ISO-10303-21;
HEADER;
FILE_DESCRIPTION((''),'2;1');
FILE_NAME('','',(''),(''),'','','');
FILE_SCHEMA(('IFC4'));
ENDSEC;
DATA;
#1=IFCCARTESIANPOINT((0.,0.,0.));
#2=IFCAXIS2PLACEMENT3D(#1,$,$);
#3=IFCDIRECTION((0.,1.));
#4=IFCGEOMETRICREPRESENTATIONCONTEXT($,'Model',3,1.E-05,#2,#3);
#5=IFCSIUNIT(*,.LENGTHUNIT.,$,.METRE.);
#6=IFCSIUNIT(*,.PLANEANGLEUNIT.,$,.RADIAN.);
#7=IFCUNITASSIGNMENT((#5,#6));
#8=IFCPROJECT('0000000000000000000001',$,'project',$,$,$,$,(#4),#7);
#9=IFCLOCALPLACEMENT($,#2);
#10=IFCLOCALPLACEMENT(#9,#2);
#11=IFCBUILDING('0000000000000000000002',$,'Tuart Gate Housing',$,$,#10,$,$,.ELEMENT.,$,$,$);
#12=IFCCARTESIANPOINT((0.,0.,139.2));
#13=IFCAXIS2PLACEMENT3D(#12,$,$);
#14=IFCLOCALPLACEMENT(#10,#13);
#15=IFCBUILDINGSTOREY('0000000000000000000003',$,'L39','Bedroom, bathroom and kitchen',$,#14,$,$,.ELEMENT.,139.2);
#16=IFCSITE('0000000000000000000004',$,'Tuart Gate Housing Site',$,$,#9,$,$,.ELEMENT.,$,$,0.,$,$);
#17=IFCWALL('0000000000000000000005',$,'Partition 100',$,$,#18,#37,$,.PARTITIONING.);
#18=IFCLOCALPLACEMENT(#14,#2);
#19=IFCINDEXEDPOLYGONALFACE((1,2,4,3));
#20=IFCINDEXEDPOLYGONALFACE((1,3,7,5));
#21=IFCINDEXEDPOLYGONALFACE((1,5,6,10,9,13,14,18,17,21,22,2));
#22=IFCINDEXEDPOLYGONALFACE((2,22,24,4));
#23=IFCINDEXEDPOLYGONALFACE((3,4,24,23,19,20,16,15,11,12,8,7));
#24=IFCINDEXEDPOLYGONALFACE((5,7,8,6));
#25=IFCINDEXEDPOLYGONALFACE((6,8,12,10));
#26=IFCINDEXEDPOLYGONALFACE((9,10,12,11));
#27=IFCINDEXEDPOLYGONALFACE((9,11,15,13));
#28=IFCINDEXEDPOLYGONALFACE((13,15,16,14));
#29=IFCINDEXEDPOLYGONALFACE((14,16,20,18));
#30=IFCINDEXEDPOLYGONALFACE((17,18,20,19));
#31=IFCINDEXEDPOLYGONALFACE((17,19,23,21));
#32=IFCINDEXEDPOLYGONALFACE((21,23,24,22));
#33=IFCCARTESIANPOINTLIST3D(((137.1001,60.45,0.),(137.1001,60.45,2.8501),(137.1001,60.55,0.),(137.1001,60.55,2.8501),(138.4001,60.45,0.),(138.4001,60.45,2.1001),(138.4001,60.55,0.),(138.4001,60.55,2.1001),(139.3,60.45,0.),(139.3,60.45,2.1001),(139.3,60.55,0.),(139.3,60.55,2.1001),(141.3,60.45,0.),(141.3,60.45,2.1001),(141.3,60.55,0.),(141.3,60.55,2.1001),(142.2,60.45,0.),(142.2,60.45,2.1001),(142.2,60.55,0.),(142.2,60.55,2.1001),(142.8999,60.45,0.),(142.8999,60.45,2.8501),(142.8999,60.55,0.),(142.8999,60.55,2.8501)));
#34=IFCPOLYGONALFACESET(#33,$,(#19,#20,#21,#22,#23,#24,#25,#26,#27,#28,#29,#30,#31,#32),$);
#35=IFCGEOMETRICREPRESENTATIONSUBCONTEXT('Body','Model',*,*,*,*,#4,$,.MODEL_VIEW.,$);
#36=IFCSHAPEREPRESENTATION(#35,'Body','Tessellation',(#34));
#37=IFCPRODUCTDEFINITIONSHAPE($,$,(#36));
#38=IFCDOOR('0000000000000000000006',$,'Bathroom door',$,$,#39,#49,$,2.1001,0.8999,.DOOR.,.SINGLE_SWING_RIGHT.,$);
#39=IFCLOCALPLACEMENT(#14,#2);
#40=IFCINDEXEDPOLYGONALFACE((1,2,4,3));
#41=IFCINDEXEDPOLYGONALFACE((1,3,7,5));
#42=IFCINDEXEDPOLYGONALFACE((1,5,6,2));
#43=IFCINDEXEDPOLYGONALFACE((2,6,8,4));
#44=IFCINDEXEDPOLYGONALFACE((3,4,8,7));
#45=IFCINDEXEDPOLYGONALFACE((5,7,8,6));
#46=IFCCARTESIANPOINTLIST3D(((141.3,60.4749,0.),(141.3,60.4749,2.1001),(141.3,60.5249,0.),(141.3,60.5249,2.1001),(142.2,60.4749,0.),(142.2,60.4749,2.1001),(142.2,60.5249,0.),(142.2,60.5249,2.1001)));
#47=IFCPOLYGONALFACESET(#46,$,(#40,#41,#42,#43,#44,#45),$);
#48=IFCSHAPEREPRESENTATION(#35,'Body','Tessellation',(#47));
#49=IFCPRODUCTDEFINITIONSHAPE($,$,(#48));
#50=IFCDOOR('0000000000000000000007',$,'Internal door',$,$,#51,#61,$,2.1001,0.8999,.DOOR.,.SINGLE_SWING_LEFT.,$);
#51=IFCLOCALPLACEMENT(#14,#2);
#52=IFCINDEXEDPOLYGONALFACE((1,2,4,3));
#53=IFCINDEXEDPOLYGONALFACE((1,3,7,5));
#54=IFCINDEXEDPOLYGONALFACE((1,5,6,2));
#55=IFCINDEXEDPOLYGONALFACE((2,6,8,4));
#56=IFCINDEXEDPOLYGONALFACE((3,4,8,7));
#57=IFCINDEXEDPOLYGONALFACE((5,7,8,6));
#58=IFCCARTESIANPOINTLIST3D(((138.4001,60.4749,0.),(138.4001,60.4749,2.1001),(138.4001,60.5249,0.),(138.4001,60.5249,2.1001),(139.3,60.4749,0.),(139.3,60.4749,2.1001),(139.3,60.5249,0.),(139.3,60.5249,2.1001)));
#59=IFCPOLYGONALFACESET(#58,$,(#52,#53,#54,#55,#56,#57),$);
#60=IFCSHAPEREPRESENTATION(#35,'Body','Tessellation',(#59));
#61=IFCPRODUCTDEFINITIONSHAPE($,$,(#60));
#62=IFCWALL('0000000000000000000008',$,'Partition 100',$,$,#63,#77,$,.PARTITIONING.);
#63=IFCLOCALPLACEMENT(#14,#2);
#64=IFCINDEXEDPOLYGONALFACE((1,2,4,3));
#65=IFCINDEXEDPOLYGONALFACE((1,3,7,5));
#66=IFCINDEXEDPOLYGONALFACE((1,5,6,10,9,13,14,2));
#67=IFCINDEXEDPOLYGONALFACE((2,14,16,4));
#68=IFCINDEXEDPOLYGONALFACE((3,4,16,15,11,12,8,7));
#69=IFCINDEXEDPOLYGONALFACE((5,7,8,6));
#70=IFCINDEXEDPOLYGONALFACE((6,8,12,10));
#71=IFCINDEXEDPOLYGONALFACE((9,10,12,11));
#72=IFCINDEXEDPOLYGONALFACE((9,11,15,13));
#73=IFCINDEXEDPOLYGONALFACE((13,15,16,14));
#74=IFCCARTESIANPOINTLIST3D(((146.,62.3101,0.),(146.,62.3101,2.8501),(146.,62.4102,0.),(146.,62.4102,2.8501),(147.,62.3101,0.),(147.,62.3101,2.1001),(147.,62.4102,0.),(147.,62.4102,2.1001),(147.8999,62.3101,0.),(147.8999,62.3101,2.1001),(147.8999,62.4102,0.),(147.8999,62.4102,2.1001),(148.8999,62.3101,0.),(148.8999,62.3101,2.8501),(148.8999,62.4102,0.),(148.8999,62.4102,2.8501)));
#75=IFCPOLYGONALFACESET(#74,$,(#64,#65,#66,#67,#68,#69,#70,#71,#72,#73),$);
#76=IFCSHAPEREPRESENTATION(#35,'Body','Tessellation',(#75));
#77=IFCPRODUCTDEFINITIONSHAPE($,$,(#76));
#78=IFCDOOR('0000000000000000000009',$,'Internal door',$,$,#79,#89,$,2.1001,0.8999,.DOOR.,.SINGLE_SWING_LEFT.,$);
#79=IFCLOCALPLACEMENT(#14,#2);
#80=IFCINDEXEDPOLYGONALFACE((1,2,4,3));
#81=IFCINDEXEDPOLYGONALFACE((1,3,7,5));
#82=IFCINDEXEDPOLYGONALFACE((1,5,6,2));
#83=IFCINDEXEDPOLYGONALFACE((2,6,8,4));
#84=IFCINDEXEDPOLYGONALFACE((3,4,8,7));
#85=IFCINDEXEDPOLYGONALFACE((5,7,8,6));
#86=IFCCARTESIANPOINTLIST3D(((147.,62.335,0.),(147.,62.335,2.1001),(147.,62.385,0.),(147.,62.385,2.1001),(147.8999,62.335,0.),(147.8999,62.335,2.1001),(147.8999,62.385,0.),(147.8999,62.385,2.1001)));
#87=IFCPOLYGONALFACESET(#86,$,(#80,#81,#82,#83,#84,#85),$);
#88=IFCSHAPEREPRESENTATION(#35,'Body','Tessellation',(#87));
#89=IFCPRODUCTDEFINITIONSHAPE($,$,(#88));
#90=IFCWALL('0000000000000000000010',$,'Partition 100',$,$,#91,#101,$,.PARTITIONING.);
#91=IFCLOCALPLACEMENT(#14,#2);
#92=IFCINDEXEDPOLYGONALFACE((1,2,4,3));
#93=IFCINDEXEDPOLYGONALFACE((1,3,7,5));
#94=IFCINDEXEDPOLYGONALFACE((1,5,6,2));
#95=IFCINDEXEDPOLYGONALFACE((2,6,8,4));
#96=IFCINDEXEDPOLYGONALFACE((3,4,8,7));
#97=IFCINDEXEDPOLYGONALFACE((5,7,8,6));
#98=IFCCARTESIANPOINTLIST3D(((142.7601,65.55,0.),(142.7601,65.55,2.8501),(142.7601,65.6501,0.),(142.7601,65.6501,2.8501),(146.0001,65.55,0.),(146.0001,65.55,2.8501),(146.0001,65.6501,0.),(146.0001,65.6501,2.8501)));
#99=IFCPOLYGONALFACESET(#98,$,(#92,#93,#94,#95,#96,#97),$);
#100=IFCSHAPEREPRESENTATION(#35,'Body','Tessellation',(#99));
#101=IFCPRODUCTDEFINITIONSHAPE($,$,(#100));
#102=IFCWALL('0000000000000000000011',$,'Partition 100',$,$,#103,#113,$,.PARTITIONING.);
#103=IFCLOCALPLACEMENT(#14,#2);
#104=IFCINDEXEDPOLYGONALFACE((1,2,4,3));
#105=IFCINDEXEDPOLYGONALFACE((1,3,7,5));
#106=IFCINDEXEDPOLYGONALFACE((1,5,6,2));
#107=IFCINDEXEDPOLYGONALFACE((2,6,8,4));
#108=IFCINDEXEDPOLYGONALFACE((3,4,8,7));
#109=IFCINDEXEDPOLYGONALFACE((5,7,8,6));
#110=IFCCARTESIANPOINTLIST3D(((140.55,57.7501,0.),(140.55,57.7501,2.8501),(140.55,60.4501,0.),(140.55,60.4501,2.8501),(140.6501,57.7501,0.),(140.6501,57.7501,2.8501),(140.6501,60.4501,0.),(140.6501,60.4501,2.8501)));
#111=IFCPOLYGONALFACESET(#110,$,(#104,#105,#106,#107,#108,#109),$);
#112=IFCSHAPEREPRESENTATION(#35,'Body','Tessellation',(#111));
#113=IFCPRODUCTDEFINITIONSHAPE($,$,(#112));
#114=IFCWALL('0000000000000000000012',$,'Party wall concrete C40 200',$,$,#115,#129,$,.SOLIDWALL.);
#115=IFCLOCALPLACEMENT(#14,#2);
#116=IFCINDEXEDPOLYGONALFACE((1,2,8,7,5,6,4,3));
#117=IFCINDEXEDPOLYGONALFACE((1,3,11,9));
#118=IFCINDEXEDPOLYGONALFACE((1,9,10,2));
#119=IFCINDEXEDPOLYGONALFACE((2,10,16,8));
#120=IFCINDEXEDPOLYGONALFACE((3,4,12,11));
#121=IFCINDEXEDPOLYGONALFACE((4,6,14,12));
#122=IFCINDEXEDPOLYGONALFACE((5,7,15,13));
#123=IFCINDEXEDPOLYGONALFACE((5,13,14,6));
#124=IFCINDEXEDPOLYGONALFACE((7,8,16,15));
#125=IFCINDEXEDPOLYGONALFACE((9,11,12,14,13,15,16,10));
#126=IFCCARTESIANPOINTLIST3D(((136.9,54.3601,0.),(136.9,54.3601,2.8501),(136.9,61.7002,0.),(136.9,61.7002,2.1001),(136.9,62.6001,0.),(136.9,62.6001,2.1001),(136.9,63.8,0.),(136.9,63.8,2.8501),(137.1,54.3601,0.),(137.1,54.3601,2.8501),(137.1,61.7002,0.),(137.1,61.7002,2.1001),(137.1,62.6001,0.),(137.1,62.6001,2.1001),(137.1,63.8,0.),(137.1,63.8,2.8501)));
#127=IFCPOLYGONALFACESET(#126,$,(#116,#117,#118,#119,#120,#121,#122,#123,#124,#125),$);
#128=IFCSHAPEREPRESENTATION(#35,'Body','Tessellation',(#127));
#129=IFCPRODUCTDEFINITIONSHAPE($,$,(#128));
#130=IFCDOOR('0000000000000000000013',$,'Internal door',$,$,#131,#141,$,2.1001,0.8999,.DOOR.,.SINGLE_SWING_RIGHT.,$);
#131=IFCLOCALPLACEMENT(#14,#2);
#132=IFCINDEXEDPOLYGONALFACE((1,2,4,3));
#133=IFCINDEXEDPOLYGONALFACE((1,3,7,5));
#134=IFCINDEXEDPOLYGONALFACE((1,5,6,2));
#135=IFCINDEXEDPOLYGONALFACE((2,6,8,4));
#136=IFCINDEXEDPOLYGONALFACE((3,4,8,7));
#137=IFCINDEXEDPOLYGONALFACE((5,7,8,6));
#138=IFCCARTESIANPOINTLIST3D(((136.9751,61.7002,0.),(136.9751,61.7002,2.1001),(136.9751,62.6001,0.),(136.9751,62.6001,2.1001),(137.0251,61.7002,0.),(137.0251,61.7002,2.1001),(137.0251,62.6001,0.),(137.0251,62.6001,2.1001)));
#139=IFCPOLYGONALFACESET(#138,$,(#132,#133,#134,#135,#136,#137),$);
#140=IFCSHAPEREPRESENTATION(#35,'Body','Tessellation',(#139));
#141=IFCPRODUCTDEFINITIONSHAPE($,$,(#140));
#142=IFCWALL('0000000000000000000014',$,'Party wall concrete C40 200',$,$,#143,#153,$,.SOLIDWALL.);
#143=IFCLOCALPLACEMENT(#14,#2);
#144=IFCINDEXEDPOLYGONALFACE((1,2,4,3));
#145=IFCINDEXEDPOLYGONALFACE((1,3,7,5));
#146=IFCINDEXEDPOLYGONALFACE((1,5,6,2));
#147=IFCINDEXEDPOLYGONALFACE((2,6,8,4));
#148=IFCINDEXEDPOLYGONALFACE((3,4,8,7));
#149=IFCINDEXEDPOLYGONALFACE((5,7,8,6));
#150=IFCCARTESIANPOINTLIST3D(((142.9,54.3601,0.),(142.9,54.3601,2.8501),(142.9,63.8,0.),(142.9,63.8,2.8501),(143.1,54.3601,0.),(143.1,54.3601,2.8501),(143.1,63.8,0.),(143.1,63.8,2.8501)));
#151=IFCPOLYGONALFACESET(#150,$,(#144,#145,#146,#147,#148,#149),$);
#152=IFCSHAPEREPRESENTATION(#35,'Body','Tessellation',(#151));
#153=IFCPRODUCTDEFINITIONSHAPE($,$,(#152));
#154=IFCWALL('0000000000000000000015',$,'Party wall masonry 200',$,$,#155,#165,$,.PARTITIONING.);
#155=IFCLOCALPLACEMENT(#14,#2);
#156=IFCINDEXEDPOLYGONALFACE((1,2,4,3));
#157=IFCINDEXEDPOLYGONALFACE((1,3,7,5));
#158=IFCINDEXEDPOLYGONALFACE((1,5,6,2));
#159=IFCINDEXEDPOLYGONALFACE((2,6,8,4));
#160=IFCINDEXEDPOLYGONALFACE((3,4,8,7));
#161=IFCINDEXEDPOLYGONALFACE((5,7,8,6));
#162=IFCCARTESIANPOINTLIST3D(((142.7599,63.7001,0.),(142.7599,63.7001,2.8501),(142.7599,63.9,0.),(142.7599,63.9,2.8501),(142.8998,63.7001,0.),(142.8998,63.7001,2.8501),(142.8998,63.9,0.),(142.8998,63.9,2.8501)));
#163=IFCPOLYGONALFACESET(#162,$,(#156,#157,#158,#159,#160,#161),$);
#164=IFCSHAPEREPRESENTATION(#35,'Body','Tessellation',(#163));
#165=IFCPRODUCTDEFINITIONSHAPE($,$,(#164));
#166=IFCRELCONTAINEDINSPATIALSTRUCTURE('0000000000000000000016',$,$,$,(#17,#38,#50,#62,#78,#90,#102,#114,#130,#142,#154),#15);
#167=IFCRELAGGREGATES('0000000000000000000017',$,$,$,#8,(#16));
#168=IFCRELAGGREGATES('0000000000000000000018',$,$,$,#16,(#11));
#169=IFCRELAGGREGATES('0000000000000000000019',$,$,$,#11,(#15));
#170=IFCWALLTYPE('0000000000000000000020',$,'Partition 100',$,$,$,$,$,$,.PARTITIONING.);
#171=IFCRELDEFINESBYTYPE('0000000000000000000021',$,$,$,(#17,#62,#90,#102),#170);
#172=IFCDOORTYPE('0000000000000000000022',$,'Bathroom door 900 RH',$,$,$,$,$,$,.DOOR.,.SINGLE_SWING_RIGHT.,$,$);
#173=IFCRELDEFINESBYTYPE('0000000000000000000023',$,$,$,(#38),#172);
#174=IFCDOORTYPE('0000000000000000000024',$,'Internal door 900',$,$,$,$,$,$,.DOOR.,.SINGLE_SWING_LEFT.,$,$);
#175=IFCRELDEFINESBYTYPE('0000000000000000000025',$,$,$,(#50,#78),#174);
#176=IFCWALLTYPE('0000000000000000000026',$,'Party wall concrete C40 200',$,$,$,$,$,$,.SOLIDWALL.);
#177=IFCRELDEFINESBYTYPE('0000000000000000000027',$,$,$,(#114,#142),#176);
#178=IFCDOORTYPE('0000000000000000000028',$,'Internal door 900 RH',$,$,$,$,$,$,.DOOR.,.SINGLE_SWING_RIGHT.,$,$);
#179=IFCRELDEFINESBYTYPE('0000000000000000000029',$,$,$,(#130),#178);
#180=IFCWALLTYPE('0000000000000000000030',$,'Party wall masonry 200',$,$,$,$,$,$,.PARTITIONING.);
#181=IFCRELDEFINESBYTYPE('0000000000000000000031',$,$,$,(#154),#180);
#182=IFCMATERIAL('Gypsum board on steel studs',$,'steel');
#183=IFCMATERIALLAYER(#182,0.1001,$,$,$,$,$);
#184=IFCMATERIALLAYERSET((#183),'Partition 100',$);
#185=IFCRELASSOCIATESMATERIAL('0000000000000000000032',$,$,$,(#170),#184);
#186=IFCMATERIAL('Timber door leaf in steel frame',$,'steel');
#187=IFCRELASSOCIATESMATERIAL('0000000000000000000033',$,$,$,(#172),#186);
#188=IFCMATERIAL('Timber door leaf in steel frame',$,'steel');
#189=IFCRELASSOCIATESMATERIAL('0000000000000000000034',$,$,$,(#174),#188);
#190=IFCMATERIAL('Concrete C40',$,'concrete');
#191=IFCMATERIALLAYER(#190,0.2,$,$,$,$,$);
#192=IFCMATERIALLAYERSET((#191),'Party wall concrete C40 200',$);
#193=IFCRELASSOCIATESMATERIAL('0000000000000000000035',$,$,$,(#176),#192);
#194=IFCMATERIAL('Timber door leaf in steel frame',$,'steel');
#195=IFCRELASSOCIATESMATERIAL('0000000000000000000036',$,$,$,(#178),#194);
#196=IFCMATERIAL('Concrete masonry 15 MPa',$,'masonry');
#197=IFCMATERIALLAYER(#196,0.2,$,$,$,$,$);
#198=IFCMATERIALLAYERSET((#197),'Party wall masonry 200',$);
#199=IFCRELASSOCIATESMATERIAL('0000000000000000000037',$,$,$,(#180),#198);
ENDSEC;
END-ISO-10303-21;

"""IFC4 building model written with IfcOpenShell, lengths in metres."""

from ifc_helpers import new_model, si_unit, direction, frame, frame_2d, origin, place, context, subcontext, project, spatial, rectangle, extrude, material, layer, layer_set, type_object, element, fill, save


model = new_model("IFC4")

# Units and contexts
model_context = context("Model", 3, precision=1e-05, world=origin(), true_north=direction((0.0, 1.0)))
body_context = subcontext(model_context, "Body", "Model", "MODEL_VIEW")
ifc_project = project(units=[si_unit("LENGTHUNIT", "METRE"), si_unit("PLANEANGLEUNIT", "RADIAN")], contexts=[model_context])

# Site, building, storey
site_placement = place(None, origin())
site = spatial("IfcSite", under=ifc_project, at=site_placement, Name="Tuart Gate Housing Site", CompositionType="ELEMENT", RefElevation=0.0)
building_placement = place(site_placement, origin())
building = spatial("IfcBuilding", under=site, at=building_placement, Name="Tuart Gate Housing", CompositionType="ELEMENT")
storey_placement = place(building_placement, frame((0.0, 0.0, 139.2)))
storey = spatial("IfcBuildingStorey", under=building, at=storey_placement, Name="L39", Description="Bedroom, bathroom and kitchen", CompositionType="ELEMENT", Elevation=139.2)

# Shared definitions
ifc_material_1 = material(Name="Gypsum board on steel studs", Category="steel")
ifc_layer_1 = layer(ifc_material_1, 0.1001)
ifc_layer_set_1 = layer_set([ifc_layer_1], Name="Partition 100")
wall_type_1 = type_object("IfcWallType", Name="Partition 100", PredefinedType="PARTITIONING", material=ifc_layer_set_1)

# Wall, openings, doors
wall_1_placement = place(storey_placement, frame((137.1001, 60.5, 0.0), z_axis=(0.0, 0.0, 1.0), x_axis=(1.0, 0.0, 0.0)))
wall_1 = element("IfcWall", 1, at=wall_1_placement, inside=storey, type_object=wall_type_1, Name="Partition 100", PredefinedType="PARTITIONING", context=body_context, shape_type="SweptSolid", body=[
    extrude(rectangle(XDim=5.7998, YDim=0.1001, at=frame_2d((2.8999, 0.0))), origin(), (0.0, 0.0, 1.0), 2.8501),
])
opening_1_placement = place(wall_1_placement, frame((1.3, 0.0, 0.0)))
opening_1 = element("IfcOpeningElement", 2, at=opening_1_placement, cuts=wall_1, PredefinedType="OPENING", context=body_context, shape_type="SweptSolid", body=[
    extrude(rectangle(XDim=0.8999, YDim=2.1001, at=frame_2d((0.45, 1.05))), frame((0.0, 0.0601, 0.0), z_axis=(0.0, -1.0, 0.0), x_axis=(1.0, 0.0, 0.0)), (0.0, 0.0, 1.0), 0.1201),
])
opening_2_placement = place(wall_1_placement, frame((4.2, 0.0, 0.0)))
opening_2 = element("IfcOpeningElement", 3, at=opening_2_placement, cuts=wall_1, PredefinedType="OPENING", context=body_context, shape_type="SweptSolid", body=[
    extrude(rectangle(XDim=0.8999, YDim=2.1001, at=frame_2d((0.45, 1.05))), frame((0.0, 0.0601, 0.0), z_axis=(0.0, -1.0, 0.0), x_axis=(1.0, 0.0, 0.0)), (0.0, 0.0, 1.0), 0.1201),
])
ifc_material_2 = material(Name="Timber door leaf in steel frame", Category="steel")
door_type_1 = type_object("IfcDoorType", Name="Bathroom door 900 RH", OperationType="SINGLE_SWING_RIGHT", PredefinedType="DOOR", material=ifc_material_2)
door_1_placement = place(opening_2_placement, frame((0.8999, 0.0, 0.0), z_axis=(0.0, 0.0, 1.0), x_axis=(-1.0, 0.0, 0.0)))
door_1 = element("IfcDoor", 4, at=door_1_placement, inside=storey, type_object=door_type_1, Name="Bathroom door", OperationType="SINGLE_SWING_RIGHT", OverallHeight=2.1001, OverallWidth=0.8999, PredefinedType="DOOR", context=body_context, shape_type="SweptSolid", body=[
    extrude(rectangle(XDim=0.8999, YDim=2.1001, at=frame_2d((0.45, 1.05))), frame((0.0, 0.0251, 0.0), z_axis=(0.0, -1.0, 0.0), x_axis=(1.0, 0.0, 0.0)), (0.0, 0.0, 1.0), 0.05),
])
fill(opening_2, door_1)
ifc_material_3 = material(Name="Timber door leaf in steel frame", Category="steel")
door_type_2 = type_object("IfcDoorType", Name="Internal door 900", OperationType="SINGLE_SWING_LEFT", PredefinedType="DOOR", material=ifc_material_3)
door_2_placement = place(opening_1_placement, frame((0.8999, 0.0, 0.0), z_axis=(0.0, 0.0, 1.0), x_axis=(-1.0, 0.0, 0.0)))
door_2 = element("IfcDoor", 5, at=door_2_placement, inside=storey, type_object=door_type_2, Name="Internal door", OperationType="SINGLE_SWING_LEFT", OverallHeight=2.1001, OverallWidth=0.8999, PredefinedType="DOOR", context=body_context, shape_type="SweptSolid", body=[
    extrude(rectangle(XDim=0.8999, YDim=2.1001, at=frame_2d((0.45, 1.05))), frame((0.0, 0.0251, 0.0), z_axis=(0.0, -1.0, 0.0), x_axis=(1.0, 0.0, 0.0)), (0.0, 0.0, 1.0), 0.05),
])
fill(opening_1, door_2)

# Wall, opening, door
wall_2_placement = place(storey_placement, frame((146.0, 62.3601, 0.0), z_axis=(0.0, 0.0, 1.0), x_axis=(1.0, 0.0, 0.0)))
wall_2 = element("IfcWall", 6, at=wall_2_placement, inside=storey, type_object=wall_type_1, Name="Partition 100", PredefinedType="PARTITIONING", context=body_context, shape_type="SweptSolid", body=[
    extrude(rectangle(XDim=2.8999, YDim=0.1001, at=frame_2d((1.45, 0.0))), origin(), (0.0, 0.0, 1.0), 2.8501),
])
opening_3_placement = place(wall_2_placement, frame((1.0, 0.0, 0.0)))
opening_3 = element("IfcOpeningElement", 7, at=opening_3_placement, cuts=wall_2, PredefinedType="OPENING", context=body_context, shape_type="SweptSolid", body=[
    extrude(rectangle(XDim=0.8999, YDim=2.1001, at=frame_2d((0.45, 1.05))), frame((0.0, 0.0601, 0.0), z_axis=(0.0, -1.0, 0.0), x_axis=(1.0, 0.0, 0.0)), (0.0, 0.0, 1.0), 0.1201),
])
door_3_placement = place(opening_3_placement, origin())
door_3 = element("IfcDoor", 8, at=door_3_placement, inside=storey, type_object=door_type_2, Name="Internal door", OperationType="SINGLE_SWING_LEFT", OverallHeight=2.1001, OverallWidth=0.8999, PredefinedType="DOOR", context=body_context, shape_type="SweptSolid", body=[
    extrude(rectangle(XDim=0.8999, YDim=2.1001, at=frame_2d((0.45, 1.05))), frame((0.0, 0.0249, 0.0), z_axis=(0.0, -1.0, 0.0), x_axis=(1.0, 0.0, 0.0)), (0.0, 0.0, 1.0), 0.05),
])
fill(opening_3, door_3)

# Walls
wall_3_placement = place(storey_placement, frame((142.76, 65.6001, 0.0), z_axis=(0.0, 0.0, 1.0), x_axis=(1.0, 0.0, 0.0)))
element("IfcWall", 9, at=wall_3_placement, inside=storey, type_object=wall_type_1, Name="Partition 100", PredefinedType="PARTITIONING", context=body_context, shape_type="SweptSolid", body=[
    extrude(rectangle(XDim=3.24, YDim=0.1001, at=frame_2d((1.6201, 0.0))), origin(), (0.0, 0.0, 1.0), 2.8501),
])
wall_4_placement = place(storey_placement, frame((140.6001, 57.75, 0.0), z_axis=(0.0, 0.0, 1.0), x_axis=(0.0, 1.0, 0.0)))
element("IfcWall", 10, at=wall_4_placement, inside=storey, type_object=wall_type_1, Name="Partition 100", PredefinedType="PARTITIONING", context=body_context, shape_type="SweptSolid", body=[
    extrude(rectangle(XDim=2.7, YDim=0.1001, at=frame_2d((1.3501, 0.0))), origin(), (0.0, 0.0, 1.0), 2.8501),
])

# Wall, opening, door
ifc_material_4 = material(Name="Concrete C40", Category="concrete")
ifc_layer_2 = layer(ifc_material_4, 0.2)
ifc_layer_set_2 = layer_set([ifc_layer_2], Name="Party wall concrete C40 200")
wall_type_2 = type_object("IfcWallType", Name="Party wall concrete C40 200", PredefinedType="SOLIDWALL", material=ifc_layer_set_2)
wall_5_placement = place(storey_placement, frame((137.0, 54.3601, 0.0), z_axis=(0.0, 0.0, 1.0), x_axis=(0.0, 1.0, 0.0)))
wall_5 = element("IfcWall", 11, at=wall_5_placement, inside=storey, type_object=wall_type_2, Name="Party wall concrete C40 200", PredefinedType="SOLIDWALL", context=body_context, shape_type="SweptSolid", body=[
    extrude(rectangle(XDim=9.4399, YDim=0.2, at=frame_2d((4.72, 0.0))), origin(), (0.0, 0.0, 1.0), 2.8501),
])
opening_4_placement = place(wall_5_placement, frame((7.3401, 0.0, 0.0)))
opening_4 = element("IfcOpeningElement", 12, at=opening_4_placement, cuts=wall_5, PredefinedType="OPENING", context=body_context, shape_type="SweptSolid", body=[
    extrude(rectangle(XDim=0.8999, YDim=2.1001, at=frame_2d((0.45, 1.05))), frame((0.0, 0.1099, 0.0), z_axis=(0.0, -1.0, 0.0), x_axis=(1.0, 0.0, 0.0)), (0.0, 0.0, 1.0), 0.22),
])
ifc_material_5 = material(Name="Timber door leaf in steel frame", Category="steel")
door_type_3 = type_object("IfcDoorType", Name="Internal door 900 RH", OperationType="SINGLE_SWING_RIGHT", PredefinedType="DOOR", material=ifc_material_5)
door_4_placement = place(opening_4_placement, frame((0.8999, 0.0, 0.0), z_axis=(0.0, 0.0, 1.0), x_axis=(-1.0, 0.0, 0.0)))
door_4 = element("IfcDoor", 13, at=door_4_placement, inside=storey, type_object=door_type_3, Name="Internal door", OperationType="SINGLE_SWING_RIGHT", OverallHeight=2.1001, OverallWidth=0.8999, PredefinedType="DOOR", context=body_context, shape_type="SweptSolid", body=[
    extrude(rectangle(XDim=0.8999, YDim=2.1001, at=frame_2d((0.45, 1.05))), frame((0.0, 0.0251, 0.0), z_axis=(0.0, -1.0, 0.0), x_axis=(1.0, 0.0, 0.0)), (0.0, 0.0, 1.0), 0.05),
])
fill(opening_4, door_4)

# Walls
wall_6_placement = place(storey_placement, frame((143.0, 54.3601, 0.0), z_axis=(0.0, 0.0, 1.0), x_axis=(0.0, 1.0, 0.0)))
element("IfcWall", 14, at=wall_6_placement, inside=storey, type_object=wall_type_2, Name="Party wall concrete C40 200", PredefinedType="SOLIDWALL", context=body_context, shape_type="SweptSolid", body=[
    extrude(rectangle(XDim=9.4399, YDim=0.2, at=frame_2d((4.72, 0.0))), origin(), (0.0, 0.0, 1.0), 2.8501),
])
ifc_material_6 = material(Name="Concrete masonry 15 MPa", Category="masonry")
ifc_layer_3 = layer(ifc_material_6, 0.2)
ifc_layer_set_3 = layer_set([ifc_layer_3], Name="Party wall masonry 200")
wall_type_3 = type_object("IfcWallType", Name="Party wall masonry 200", PredefinedType="PARTITIONING", material=ifc_layer_set_3)
wall_7_placement = place(storey_placement, frame((142.76, 63.8, 0.0), z_axis=(0.0, 0.0, 1.0), x_axis=(1.0, 0.0, 0.0)))
element("IfcWall", 15, at=wall_7_placement, inside=storey, type_object=wall_type_3, Name="Party wall masonry 200", PredefinedType="PARTITIONING", context=body_context, shape_type="SweptSolid", body=[
    extrude(rectangle(XDim=0.1399, YDim=0.2, at=frame_2d((0.0698, 0.0))), origin(), (0.0, 0.0, 1.0), 2.8501),
])

save(model, "model.ifc")
